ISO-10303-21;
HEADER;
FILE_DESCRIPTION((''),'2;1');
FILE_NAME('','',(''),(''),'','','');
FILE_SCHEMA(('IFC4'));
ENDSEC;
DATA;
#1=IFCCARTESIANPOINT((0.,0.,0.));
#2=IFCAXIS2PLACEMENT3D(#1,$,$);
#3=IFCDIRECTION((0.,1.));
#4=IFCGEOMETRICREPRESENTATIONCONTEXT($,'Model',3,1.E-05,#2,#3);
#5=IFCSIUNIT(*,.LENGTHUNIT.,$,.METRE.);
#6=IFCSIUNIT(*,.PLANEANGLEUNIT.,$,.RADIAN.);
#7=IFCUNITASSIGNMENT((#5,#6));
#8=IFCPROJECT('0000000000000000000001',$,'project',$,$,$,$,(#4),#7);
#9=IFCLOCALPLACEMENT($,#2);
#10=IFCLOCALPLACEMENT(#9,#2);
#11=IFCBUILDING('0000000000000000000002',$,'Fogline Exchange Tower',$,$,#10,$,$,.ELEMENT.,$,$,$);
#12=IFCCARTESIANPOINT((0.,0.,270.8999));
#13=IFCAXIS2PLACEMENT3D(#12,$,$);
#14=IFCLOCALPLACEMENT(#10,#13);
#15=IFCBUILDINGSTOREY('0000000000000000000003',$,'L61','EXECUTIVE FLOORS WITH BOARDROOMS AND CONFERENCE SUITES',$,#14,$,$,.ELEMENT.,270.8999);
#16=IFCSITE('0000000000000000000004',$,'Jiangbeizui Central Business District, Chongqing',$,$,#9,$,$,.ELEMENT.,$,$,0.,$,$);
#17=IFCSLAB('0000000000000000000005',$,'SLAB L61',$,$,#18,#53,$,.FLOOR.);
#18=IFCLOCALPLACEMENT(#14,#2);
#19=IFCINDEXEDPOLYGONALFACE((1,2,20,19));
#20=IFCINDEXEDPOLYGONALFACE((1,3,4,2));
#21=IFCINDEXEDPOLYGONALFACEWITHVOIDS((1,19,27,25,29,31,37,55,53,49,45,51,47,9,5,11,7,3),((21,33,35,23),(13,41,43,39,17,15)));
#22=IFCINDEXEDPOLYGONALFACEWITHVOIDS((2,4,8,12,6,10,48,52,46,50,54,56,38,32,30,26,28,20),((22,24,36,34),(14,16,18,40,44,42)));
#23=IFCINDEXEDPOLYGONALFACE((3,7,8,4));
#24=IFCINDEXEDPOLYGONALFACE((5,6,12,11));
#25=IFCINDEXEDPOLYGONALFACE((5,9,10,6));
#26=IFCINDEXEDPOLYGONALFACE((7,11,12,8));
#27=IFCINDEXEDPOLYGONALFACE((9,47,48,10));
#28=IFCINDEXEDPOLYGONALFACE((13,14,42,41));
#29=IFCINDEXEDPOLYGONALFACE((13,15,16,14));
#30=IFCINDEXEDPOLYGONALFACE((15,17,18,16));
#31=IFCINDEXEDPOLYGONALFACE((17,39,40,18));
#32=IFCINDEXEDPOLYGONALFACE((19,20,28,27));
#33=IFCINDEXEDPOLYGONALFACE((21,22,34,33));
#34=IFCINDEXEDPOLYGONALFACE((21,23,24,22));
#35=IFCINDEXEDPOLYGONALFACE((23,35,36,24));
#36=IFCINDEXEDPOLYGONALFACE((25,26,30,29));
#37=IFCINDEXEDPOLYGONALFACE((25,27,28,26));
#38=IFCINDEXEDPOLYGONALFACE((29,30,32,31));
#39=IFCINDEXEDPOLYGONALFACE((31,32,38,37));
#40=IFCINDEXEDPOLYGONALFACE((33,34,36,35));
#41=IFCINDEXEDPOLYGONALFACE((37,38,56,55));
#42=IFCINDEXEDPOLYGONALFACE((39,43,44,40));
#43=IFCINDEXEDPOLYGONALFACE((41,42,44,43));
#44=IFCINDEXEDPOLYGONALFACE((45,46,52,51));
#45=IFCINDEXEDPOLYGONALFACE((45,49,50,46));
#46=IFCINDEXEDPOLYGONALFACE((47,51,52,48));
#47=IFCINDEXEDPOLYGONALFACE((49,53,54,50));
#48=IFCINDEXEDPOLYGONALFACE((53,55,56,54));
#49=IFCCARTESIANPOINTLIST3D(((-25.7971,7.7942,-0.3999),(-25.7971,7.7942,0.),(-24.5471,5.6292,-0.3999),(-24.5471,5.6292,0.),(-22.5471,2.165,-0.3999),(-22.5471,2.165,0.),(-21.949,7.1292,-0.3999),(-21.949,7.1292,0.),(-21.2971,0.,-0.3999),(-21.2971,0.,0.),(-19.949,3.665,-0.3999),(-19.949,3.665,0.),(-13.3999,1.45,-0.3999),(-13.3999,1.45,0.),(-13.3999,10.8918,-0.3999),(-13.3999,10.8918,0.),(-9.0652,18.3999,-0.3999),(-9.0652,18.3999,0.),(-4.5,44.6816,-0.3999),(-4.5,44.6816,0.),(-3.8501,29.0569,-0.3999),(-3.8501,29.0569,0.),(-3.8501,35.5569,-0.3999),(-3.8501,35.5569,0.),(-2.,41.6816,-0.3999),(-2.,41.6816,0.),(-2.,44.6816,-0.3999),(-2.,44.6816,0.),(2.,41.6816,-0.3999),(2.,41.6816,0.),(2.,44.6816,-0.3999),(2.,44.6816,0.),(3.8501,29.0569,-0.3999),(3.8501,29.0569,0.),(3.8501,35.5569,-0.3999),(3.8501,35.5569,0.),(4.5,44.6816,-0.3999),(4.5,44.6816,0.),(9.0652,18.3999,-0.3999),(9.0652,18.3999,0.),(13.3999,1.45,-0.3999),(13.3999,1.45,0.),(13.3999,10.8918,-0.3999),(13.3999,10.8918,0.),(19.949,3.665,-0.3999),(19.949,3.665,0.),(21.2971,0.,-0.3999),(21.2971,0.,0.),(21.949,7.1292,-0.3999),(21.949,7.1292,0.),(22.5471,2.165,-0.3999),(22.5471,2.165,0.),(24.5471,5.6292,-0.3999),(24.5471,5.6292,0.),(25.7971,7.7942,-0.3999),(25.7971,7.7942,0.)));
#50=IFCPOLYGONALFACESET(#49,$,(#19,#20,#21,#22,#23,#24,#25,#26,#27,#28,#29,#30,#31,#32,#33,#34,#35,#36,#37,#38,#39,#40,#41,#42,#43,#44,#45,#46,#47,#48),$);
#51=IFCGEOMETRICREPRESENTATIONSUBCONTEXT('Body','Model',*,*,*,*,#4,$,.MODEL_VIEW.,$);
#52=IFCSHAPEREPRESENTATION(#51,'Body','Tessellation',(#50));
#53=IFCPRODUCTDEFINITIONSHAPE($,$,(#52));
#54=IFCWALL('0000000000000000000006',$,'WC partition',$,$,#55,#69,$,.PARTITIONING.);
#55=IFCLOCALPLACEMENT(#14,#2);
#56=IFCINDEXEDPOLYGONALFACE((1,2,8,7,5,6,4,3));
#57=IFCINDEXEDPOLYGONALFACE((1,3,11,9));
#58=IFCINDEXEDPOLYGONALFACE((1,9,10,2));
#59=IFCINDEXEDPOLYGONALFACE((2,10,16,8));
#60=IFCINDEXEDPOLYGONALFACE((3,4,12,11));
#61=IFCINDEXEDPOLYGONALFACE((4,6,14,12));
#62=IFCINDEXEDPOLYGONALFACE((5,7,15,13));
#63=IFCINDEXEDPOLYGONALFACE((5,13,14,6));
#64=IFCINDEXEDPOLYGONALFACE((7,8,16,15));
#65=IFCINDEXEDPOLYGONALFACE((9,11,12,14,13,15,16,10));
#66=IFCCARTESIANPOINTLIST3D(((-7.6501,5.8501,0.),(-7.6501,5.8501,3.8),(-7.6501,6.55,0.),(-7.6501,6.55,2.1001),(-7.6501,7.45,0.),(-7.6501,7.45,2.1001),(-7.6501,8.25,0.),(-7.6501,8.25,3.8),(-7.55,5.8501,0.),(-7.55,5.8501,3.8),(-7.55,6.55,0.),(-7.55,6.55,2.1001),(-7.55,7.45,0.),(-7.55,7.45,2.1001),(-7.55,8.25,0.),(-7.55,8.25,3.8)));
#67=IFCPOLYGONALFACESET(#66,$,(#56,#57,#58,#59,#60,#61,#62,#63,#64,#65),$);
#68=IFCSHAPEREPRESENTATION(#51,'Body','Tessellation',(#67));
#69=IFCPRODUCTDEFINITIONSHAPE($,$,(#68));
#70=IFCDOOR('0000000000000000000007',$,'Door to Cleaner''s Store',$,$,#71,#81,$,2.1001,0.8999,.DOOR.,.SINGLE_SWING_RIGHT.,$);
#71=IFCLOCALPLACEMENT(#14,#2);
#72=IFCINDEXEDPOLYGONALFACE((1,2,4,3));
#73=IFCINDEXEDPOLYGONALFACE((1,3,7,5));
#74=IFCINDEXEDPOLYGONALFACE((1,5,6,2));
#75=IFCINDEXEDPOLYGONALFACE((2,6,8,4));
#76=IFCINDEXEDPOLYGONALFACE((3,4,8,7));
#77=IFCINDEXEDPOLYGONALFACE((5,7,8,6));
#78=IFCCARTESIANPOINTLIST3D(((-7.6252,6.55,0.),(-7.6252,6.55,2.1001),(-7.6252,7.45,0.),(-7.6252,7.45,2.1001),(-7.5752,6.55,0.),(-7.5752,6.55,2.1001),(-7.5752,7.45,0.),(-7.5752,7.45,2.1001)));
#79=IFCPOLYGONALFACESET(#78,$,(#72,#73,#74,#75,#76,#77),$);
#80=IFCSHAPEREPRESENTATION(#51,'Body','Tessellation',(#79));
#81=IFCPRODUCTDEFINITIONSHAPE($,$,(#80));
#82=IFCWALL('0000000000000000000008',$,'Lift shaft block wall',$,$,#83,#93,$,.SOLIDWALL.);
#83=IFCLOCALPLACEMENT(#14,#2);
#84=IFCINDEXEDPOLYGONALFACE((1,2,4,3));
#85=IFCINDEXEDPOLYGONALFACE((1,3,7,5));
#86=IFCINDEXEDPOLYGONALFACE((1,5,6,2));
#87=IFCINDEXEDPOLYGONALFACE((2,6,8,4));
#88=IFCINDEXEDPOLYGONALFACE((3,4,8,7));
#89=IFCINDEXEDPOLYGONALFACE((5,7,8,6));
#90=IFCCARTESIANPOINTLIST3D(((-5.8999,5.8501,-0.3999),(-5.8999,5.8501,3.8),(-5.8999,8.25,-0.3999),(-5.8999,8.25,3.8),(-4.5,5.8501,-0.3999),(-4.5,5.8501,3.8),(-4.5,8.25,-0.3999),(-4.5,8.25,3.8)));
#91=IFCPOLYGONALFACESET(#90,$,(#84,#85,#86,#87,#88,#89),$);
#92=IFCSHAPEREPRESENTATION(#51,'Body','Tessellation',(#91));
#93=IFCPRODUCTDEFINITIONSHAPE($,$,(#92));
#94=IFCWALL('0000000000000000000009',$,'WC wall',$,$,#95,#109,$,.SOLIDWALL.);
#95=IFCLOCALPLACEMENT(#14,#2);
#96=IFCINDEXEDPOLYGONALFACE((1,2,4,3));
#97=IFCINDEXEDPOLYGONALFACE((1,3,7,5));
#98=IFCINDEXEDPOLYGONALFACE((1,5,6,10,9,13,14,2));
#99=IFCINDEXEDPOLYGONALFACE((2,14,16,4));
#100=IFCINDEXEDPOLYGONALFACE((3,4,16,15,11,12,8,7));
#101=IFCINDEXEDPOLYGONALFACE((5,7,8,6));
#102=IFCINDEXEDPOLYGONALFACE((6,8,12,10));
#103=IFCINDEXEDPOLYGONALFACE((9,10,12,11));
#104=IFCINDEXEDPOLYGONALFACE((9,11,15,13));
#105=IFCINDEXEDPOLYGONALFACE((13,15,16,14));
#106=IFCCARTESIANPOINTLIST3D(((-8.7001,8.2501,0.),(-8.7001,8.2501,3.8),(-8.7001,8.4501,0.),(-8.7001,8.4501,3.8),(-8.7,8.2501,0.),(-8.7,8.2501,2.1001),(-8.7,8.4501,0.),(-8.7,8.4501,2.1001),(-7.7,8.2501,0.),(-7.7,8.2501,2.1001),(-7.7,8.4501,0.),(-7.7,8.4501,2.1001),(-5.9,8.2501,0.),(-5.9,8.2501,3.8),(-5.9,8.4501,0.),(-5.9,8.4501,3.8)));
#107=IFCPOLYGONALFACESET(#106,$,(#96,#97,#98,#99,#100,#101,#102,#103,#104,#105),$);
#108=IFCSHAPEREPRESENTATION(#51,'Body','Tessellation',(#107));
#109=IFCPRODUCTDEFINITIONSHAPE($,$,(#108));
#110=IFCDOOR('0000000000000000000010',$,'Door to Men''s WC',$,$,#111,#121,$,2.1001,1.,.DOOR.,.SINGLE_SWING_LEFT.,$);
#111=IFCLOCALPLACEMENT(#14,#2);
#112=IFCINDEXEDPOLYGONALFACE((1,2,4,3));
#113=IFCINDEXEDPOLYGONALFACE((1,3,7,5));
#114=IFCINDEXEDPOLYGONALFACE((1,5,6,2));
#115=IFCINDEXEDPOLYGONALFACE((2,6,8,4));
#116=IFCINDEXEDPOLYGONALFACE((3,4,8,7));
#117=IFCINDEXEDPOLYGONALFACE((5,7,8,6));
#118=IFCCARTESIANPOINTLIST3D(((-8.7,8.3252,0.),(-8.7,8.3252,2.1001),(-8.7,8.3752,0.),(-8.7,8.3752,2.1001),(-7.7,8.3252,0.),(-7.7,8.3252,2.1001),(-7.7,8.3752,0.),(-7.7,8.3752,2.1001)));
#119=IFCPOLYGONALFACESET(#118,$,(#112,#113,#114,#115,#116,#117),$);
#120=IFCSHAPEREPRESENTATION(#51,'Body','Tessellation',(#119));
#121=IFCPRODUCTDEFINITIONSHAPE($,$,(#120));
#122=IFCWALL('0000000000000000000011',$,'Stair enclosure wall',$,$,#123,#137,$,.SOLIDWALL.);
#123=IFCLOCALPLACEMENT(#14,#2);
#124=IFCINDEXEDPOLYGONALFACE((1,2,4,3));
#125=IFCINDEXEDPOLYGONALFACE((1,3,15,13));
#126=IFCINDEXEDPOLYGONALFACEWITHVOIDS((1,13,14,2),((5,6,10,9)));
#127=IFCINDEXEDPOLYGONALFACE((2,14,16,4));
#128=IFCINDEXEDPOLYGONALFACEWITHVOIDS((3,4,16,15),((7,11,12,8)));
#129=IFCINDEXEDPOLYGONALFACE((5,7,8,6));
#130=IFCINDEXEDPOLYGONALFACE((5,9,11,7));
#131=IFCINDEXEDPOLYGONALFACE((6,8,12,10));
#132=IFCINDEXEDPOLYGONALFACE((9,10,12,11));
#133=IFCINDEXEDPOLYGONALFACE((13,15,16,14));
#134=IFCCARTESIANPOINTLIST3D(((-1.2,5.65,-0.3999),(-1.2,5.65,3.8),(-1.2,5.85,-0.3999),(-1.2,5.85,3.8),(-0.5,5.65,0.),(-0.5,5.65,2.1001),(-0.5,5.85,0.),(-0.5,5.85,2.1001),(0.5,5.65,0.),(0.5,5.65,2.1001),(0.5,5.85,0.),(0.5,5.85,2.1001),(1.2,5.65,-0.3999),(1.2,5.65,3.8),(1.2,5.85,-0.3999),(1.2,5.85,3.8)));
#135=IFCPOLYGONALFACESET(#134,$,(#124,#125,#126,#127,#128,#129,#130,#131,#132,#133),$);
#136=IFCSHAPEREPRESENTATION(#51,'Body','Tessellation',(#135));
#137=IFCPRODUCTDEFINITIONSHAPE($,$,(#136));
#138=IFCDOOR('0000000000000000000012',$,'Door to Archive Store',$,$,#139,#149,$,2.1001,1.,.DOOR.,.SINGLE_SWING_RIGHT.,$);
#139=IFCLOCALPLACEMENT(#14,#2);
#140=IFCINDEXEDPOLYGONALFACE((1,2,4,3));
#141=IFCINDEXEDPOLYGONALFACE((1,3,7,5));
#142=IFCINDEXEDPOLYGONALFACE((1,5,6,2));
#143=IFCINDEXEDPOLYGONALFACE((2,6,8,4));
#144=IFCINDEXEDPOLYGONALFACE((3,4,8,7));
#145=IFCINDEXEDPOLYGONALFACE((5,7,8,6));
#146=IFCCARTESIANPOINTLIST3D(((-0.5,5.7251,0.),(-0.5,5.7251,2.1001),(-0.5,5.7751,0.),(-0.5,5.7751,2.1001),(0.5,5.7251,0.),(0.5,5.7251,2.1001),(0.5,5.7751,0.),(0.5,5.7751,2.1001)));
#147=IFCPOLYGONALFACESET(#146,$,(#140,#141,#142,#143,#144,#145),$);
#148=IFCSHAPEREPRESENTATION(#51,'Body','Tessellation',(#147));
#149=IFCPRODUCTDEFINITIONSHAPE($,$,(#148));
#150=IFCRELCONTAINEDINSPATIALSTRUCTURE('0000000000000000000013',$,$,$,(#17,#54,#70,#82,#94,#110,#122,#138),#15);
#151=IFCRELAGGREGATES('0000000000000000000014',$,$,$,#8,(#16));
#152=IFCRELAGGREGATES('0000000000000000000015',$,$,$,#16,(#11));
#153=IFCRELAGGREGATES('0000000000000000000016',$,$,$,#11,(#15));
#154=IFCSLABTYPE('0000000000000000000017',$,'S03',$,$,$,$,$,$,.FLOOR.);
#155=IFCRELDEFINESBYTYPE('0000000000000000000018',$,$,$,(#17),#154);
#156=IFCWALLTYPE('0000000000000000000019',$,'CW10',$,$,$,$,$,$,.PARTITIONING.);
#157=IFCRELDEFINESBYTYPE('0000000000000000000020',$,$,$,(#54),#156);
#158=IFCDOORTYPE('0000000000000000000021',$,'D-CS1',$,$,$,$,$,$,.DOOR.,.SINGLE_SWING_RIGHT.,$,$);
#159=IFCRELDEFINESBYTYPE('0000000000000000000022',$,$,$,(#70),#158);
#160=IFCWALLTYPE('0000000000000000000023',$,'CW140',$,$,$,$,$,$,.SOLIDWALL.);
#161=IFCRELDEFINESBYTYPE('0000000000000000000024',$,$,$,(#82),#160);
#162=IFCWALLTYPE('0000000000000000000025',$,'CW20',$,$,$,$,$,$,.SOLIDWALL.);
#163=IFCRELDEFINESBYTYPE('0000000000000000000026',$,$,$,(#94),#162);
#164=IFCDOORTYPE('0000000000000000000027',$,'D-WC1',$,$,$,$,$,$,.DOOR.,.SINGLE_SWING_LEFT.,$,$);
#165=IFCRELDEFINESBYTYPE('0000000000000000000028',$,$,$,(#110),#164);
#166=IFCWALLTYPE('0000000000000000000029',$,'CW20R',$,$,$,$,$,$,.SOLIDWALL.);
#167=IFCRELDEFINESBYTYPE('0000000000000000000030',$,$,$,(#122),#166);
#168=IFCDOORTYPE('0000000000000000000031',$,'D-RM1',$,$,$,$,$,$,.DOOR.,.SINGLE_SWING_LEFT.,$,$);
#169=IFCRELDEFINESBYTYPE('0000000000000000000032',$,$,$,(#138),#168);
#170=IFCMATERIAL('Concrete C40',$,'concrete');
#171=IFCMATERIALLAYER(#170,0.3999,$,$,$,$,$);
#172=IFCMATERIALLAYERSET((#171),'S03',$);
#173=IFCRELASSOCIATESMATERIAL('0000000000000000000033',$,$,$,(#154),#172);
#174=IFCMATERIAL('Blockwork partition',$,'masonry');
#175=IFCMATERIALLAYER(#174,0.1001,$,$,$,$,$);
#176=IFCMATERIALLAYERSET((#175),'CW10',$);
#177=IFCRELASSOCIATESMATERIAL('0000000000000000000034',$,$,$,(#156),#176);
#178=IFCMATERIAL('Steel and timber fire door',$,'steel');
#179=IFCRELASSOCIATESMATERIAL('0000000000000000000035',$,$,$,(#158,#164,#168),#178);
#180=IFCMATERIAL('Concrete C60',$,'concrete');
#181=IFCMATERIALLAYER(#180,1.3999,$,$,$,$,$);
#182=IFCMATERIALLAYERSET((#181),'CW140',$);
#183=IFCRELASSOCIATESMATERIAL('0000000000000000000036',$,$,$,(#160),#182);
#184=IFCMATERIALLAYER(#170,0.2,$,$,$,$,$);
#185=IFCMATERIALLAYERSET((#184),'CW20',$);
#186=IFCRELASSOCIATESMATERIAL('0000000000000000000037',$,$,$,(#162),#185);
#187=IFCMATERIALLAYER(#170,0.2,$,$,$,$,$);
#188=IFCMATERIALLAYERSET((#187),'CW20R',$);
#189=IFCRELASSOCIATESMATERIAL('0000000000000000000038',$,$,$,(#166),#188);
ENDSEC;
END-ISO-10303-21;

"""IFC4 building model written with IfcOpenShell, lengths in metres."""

from ifc_helpers import new_model, si_unit, direction, frame, frame_2d, origin, place, context, subcontext, project, spatial, polyline, rectangle, outline, extrude, material, layer, layer_set, type_object, element, fill, save


model = new_model("IFC4")

# Units and contexts
model_context = context("Model", 3, precision=1e-05, world=origin(), true_north=direction((0.0, 1.0)))
body_context = subcontext(model_context, "Body", "Model", "MODEL_VIEW")
ifc_project = project(units=[si_unit("LENGTHUNIT", "METRE"), si_unit("PLANEANGLEUNIT", "RADIAN")], contexts=[model_context])

# Site, building, storey
site_placement = place(None, origin())
site = spatial("IfcSite", under=ifc_project, at=site_placement, Name="Jiangbeizui Central Business District, Chongqing", CompositionType="ELEMENT", RefElevation=0.0)
building_placement = place(site_placement, origin())
building = spatial("IfcBuilding", under=site, at=building_placement, Name="Fogline Exchange Tower", CompositionType="ELEMENT")
storey_placement = place(building_placement, frame((0.0, 0.0, 270.8999)))
storey = spatial("IfcBuildingStorey", under=building, at=storey_placement, Name="L61", Description="EXECUTIVE FLOORS WITH BOARDROOMS AND CONFERENCE SUITES", CompositionType="ELEMENT", Elevation=270.8999)

# Slab
ifc_material_1 = material(Name="Concrete C40", Category="concrete")
ifc_layer_1 = layer(ifc_material_1, 0.3999)
ifc_layer_set_1 = layer_set([ifc_layer_1], Name="S03")
slab_type = type_object("IfcSlabType", Name="S03", PredefinedType="FLOOR", material=ifc_layer_set_1)
slab_placement = place(storey_placement, frame((0.0, 0.0, -0.3999)))
element("IfcSlab", 1, at=slab_placement, inside=storey, type_object=slab_type, Name="SLAB L61", PredefinedType="FLOOR", context=body_context, shape_type="SweptSolid", body=[
    extrude(outline(polyline([(-2.0, 44.6816), (-4.5, 44.6816), (-25.7971, 7.7942), (-24.5471, 5.6292), (-21.949, 7.1292), (-19.949, 3.665), (-22.5471, 2.165), (-21.2971, 0.0), (21.2971, 0.0), (22.5471, 2.165), (19.949, 3.665), (21.949, 7.1292), (24.5471, 5.6292), (25.7971, 7.7942), (4.5, 44.6816), (2.0, 44.6816), (2.0, 41.6816), (-2.0, 41.6816), (-2.0, 44.6816)]), holes=[polyline([(13.3999, 10.8918), (13.3999, 1.45), (-13.3999, 1.45), (-13.3999, 10.8918), (-9.0652, 18.3999), (9.0652, 18.3999), (13.3999, 10.8918)]), polyline([(3.8501, 35.5569), (3.8501, 29.0569), (-3.8501, 29.0569), (-3.8501, 35.5569), (3.8501, 35.5569)])]), origin(), (0.0, 0.0, 1.0), 0.3999),
])

# Wall, opening, door
ifc_material_2 = material(Name="Blockwork partition", Category="masonry")
ifc_layer_2 = layer(ifc_material_2, 0.1001)
ifc_layer_set_2 = layer_set([ifc_layer_2], Name="CW10")
wall_type_1 = type_object("IfcWallType", Name="CW10", PredefinedType="PARTITIONING", material=ifc_layer_set_2)
wall_1_placement = place(storey_placement, frame((-7.6001, 5.8501, 0.0), z_axis=(0.0, 0.0, 1.0), x_axis=(0.0, 1.0, 0.0)))
wall_1 = element("IfcWall", 2, at=wall_1_placement, inside=storey, type_object=wall_type_1, Name="WC partition", PredefinedType="PARTITIONING", context=body_context, shape_type="SweptSolid", body=[
    extrude(rectangle(XDim=2.3999, YDim=0.1001, at=frame_2d((1.2, 0.0))), origin(), (0.0, 0.0, 1.0), 3.8),
])
opening_1_placement = place(wall_1_placement, frame((0.7, 0.0, 0.0)))
opening_1 = element("IfcOpeningElement", 3, at=opening_1_placement, cuts=wall_1, PredefinedType="OPENING", context=body_context, shape_type="SweptSolid", body=[
    extrude(rectangle(XDim=0.8999, YDim=2.1001, at=frame_2d((0.45, 1.05))), frame((0.0, 0.0601, 0.0), z_axis=(0.0, -1.0, 0.0), x_axis=(1.0, 0.0, 0.0)), (0.0, 0.0, 1.0), 0.1201),
])
ifc_material_3 = material(Name="Steel and timber fire door", Category="steel")
door_type_1 = type_object("IfcDoorType", Name="D-CS1", OperationType="SINGLE_SWING_RIGHT", PredefinedType="DOOR", material=ifc_material_3)
door_1_placement = place(opening_1_placement, frame((0.8999, 0.0, 0.0), z_axis=(0.0, 0.0, 1.0), x_axis=(-1.0, 0.0, 0.0)))
door_1 = element("IfcDoor", 4, at=door_1_placement, inside=storey, type_object=door_type_1, Name="Door to Cleaner's Store", OperationType="SINGLE_SWING_RIGHT", OverallHeight=2.1001, OverallWidth=0.8999, PredefinedType="DOOR", context=body_context, shape_type="SweptSolid", body=[
    extrude(rectangle(XDim=0.8999, YDim=2.1001, at=frame_2d((0.45, 1.05))), frame((0.0, 0.0249, 0.0), z_axis=(0.0, -1.0, 0.0), x_axis=(1.0, 0.0, 0.0)), (0.0, 0.0, 1.0), 0.05),
])
fill(opening_1, door_1)

# Wall
ifc_material_4 = material(Name="Concrete C60", Category="concrete")
ifc_layer_3 = layer(ifc_material_4, 1.3999)
ifc_layer_set_3 = layer_set([ifc_layer_3], Name="CW140")
wall_type_2 = type_object("IfcWallType", Name="CW140", PredefinedType="SOLIDWALL", material=ifc_layer_set_3)
wall_2_placement = place(storey_placement, frame((-5.2, 5.8501, -0.3999), z_axis=(0.0, 0.0, 1.0), x_axis=(0.0, 1.0, 0.0)))
element("IfcWall", 5, at=wall_2_placement, inside=storey, type_object=wall_type_2, Name="Lift shaft block wall", PredefinedType="SOLIDWALL", context=body_context, shape_type="SweptSolid", body=[
    extrude(rectangle(XDim=2.3999, YDim=1.3999, at=frame_2d((1.2, 0.0))), origin(), (0.0, 0.0, 1.0), 4.2),
])

# Walls, openings, doors
ifc_layer_4 = layer(ifc_material_1, 0.2)
ifc_layer_set_4 = layer_set([ifc_layer_4], Name="CW20")
wall_type_3 = type_object("IfcWallType", Name="CW20", PredefinedType="SOLIDWALL", material=ifc_layer_set_4)
wall_3_placement = place(storey_placement, frame((-8.7, 8.3501, 0.0), z_axis=(0.0, 0.0, 1.0), x_axis=(1.0, 0.0, 0.0)))
wall_3 = element("IfcWall", 6, at=wall_3_placement, inside=storey, type_object=wall_type_3, Name="WC wall", PredefinedType="SOLIDWALL", context=body_context, shape_type="SweptSolid", body=[
    extrude(rectangle(XDim=2.8, YDim=0.2, at=frame_2d((1.3999, 0.0))), origin(), (0.0, 0.0, 1.0), 3.8),
])
opening_2_placement = place(wall_3_placement, origin())
opening_2 = element("IfcOpeningElement", 7, at=opening_2_placement, cuts=wall_3, PredefinedType="OPENING", context=body_context, shape_type="SweptSolid", body=[
    extrude(rectangle(XDim=1.0, YDim=2.1001, at=frame_2d((0.5, 1.05))), frame((0.0, 0.1099, 0.0), z_axis=(0.0, -1.0, 0.0), x_axis=(1.0, 0.0, 0.0)), (0.0, 0.0, 1.0), 0.22),
])
door_type_2 = type_object("IfcDoorType", Name="D-WC1", OperationType="SINGLE_SWING_LEFT", PredefinedType="DOOR", material=ifc_material_3)
door_2_placement = place(opening_2_placement, frame((1.0, 0.0, 0.0), z_axis=(0.0, 0.0, 1.0), x_axis=(-1.0, 0.0, 0.0)))
door_2 = element("IfcDoor", 8, at=door_2_placement, inside=storey, type_object=door_type_2, Name="Door to Men's WC", OperationType="SINGLE_SWING_LEFT", OverallHeight=2.1001, OverallWidth=1.0, PredefinedType="DOOR", context=body_context, shape_type="SweptSolid", body=[
    extrude(rectangle(XDim=1.0, YDim=2.1001, at=frame_2d((0.5, 1.05))), frame((0.0, 0.0249, 0.0), z_axis=(0.0, -1.0, 0.0), x_axis=(1.0, 0.0, 0.0)), (0.0, 0.0, 1.0), 0.05),
])
fill(opening_2, door_2)
ifc_layer_5 = layer(ifc_material_1, 0.2)
ifc_layer_set_5 = layer_set([ifc_layer_5], Name="CW20R")
wall_type_4 = type_object("IfcWallType", Name="CW20R", PredefinedType="SOLIDWALL", material=ifc_layer_set_5)
wall_4_placement = place(storey_placement, frame((-1.2, 5.75, -0.3999), z_axis=(0.0, 0.0, 1.0), x_axis=(1.0, 0.0, 0.0)))
wall_4 = element("IfcWall", 9, at=wall_4_placement, inside=storey, type_object=wall_type_4, Name="Stair enclosure wall", PredefinedType="SOLIDWALL", context=body_context, shape_type="SweptSolid", body=[
    extrude(rectangle(XDim=2.3999, YDim=0.2, at=frame_2d((1.2, 0.0))), origin(), (0.0, 0.0, 1.0), 4.2),
])
opening_3_placement = place(wall_4_placement, frame((0.7, 0.0, 0.3999)))
opening_3 = element("IfcOpeningElement", 10, at=opening_3_placement, cuts=wall_4, PredefinedType="OPENING", context=body_context, shape_type="SweptSolid", body=[
    extrude(rectangle(XDim=1.0, YDim=2.1001, at=frame_2d((0.5, 1.05))), frame((0.0, 0.1099, 0.0), z_axis=(0.0, -1.0, 0.0), x_axis=(1.0, 0.0, 0.0)), (0.0, 0.0, 1.0), 0.22),
])
door_type_3 = type_object("IfcDoorType", Name="D-RM1", OperationType="SINGLE_SWING_LEFT", PredefinedType="DOOR", material=ifc_material_3)
door_3_placement = place(opening_3_placement, frame((1.0, 0.0, 0.0), z_axis=(0.0, 0.0, 1.0), x_axis=(-1.0, 0.0, 0.0)))
door_3 = element("IfcDoor", 11, at=door_3_placement, inside=storey, type_object=door_type_3, Name="Door to Archive Store", OperationType="SINGLE_SWING_RIGHT", OverallHeight=2.1001, OverallWidth=1.0, PredefinedType="DOOR", context=body_context, shape_type="SweptSolid", body=[
    extrude(rectangle(XDim=1.0, YDim=2.1001, at=frame_2d((0.5, 1.05))), frame((0.0, 0.0249, 0.0), z_axis=(0.0, -1.0, 0.0), x_axis=(1.0, 0.0, 0.0)), (0.0, 0.0, 1.0), 0.05),
])
fill(opening_3, door_3)

save(model, "model.ifc")
